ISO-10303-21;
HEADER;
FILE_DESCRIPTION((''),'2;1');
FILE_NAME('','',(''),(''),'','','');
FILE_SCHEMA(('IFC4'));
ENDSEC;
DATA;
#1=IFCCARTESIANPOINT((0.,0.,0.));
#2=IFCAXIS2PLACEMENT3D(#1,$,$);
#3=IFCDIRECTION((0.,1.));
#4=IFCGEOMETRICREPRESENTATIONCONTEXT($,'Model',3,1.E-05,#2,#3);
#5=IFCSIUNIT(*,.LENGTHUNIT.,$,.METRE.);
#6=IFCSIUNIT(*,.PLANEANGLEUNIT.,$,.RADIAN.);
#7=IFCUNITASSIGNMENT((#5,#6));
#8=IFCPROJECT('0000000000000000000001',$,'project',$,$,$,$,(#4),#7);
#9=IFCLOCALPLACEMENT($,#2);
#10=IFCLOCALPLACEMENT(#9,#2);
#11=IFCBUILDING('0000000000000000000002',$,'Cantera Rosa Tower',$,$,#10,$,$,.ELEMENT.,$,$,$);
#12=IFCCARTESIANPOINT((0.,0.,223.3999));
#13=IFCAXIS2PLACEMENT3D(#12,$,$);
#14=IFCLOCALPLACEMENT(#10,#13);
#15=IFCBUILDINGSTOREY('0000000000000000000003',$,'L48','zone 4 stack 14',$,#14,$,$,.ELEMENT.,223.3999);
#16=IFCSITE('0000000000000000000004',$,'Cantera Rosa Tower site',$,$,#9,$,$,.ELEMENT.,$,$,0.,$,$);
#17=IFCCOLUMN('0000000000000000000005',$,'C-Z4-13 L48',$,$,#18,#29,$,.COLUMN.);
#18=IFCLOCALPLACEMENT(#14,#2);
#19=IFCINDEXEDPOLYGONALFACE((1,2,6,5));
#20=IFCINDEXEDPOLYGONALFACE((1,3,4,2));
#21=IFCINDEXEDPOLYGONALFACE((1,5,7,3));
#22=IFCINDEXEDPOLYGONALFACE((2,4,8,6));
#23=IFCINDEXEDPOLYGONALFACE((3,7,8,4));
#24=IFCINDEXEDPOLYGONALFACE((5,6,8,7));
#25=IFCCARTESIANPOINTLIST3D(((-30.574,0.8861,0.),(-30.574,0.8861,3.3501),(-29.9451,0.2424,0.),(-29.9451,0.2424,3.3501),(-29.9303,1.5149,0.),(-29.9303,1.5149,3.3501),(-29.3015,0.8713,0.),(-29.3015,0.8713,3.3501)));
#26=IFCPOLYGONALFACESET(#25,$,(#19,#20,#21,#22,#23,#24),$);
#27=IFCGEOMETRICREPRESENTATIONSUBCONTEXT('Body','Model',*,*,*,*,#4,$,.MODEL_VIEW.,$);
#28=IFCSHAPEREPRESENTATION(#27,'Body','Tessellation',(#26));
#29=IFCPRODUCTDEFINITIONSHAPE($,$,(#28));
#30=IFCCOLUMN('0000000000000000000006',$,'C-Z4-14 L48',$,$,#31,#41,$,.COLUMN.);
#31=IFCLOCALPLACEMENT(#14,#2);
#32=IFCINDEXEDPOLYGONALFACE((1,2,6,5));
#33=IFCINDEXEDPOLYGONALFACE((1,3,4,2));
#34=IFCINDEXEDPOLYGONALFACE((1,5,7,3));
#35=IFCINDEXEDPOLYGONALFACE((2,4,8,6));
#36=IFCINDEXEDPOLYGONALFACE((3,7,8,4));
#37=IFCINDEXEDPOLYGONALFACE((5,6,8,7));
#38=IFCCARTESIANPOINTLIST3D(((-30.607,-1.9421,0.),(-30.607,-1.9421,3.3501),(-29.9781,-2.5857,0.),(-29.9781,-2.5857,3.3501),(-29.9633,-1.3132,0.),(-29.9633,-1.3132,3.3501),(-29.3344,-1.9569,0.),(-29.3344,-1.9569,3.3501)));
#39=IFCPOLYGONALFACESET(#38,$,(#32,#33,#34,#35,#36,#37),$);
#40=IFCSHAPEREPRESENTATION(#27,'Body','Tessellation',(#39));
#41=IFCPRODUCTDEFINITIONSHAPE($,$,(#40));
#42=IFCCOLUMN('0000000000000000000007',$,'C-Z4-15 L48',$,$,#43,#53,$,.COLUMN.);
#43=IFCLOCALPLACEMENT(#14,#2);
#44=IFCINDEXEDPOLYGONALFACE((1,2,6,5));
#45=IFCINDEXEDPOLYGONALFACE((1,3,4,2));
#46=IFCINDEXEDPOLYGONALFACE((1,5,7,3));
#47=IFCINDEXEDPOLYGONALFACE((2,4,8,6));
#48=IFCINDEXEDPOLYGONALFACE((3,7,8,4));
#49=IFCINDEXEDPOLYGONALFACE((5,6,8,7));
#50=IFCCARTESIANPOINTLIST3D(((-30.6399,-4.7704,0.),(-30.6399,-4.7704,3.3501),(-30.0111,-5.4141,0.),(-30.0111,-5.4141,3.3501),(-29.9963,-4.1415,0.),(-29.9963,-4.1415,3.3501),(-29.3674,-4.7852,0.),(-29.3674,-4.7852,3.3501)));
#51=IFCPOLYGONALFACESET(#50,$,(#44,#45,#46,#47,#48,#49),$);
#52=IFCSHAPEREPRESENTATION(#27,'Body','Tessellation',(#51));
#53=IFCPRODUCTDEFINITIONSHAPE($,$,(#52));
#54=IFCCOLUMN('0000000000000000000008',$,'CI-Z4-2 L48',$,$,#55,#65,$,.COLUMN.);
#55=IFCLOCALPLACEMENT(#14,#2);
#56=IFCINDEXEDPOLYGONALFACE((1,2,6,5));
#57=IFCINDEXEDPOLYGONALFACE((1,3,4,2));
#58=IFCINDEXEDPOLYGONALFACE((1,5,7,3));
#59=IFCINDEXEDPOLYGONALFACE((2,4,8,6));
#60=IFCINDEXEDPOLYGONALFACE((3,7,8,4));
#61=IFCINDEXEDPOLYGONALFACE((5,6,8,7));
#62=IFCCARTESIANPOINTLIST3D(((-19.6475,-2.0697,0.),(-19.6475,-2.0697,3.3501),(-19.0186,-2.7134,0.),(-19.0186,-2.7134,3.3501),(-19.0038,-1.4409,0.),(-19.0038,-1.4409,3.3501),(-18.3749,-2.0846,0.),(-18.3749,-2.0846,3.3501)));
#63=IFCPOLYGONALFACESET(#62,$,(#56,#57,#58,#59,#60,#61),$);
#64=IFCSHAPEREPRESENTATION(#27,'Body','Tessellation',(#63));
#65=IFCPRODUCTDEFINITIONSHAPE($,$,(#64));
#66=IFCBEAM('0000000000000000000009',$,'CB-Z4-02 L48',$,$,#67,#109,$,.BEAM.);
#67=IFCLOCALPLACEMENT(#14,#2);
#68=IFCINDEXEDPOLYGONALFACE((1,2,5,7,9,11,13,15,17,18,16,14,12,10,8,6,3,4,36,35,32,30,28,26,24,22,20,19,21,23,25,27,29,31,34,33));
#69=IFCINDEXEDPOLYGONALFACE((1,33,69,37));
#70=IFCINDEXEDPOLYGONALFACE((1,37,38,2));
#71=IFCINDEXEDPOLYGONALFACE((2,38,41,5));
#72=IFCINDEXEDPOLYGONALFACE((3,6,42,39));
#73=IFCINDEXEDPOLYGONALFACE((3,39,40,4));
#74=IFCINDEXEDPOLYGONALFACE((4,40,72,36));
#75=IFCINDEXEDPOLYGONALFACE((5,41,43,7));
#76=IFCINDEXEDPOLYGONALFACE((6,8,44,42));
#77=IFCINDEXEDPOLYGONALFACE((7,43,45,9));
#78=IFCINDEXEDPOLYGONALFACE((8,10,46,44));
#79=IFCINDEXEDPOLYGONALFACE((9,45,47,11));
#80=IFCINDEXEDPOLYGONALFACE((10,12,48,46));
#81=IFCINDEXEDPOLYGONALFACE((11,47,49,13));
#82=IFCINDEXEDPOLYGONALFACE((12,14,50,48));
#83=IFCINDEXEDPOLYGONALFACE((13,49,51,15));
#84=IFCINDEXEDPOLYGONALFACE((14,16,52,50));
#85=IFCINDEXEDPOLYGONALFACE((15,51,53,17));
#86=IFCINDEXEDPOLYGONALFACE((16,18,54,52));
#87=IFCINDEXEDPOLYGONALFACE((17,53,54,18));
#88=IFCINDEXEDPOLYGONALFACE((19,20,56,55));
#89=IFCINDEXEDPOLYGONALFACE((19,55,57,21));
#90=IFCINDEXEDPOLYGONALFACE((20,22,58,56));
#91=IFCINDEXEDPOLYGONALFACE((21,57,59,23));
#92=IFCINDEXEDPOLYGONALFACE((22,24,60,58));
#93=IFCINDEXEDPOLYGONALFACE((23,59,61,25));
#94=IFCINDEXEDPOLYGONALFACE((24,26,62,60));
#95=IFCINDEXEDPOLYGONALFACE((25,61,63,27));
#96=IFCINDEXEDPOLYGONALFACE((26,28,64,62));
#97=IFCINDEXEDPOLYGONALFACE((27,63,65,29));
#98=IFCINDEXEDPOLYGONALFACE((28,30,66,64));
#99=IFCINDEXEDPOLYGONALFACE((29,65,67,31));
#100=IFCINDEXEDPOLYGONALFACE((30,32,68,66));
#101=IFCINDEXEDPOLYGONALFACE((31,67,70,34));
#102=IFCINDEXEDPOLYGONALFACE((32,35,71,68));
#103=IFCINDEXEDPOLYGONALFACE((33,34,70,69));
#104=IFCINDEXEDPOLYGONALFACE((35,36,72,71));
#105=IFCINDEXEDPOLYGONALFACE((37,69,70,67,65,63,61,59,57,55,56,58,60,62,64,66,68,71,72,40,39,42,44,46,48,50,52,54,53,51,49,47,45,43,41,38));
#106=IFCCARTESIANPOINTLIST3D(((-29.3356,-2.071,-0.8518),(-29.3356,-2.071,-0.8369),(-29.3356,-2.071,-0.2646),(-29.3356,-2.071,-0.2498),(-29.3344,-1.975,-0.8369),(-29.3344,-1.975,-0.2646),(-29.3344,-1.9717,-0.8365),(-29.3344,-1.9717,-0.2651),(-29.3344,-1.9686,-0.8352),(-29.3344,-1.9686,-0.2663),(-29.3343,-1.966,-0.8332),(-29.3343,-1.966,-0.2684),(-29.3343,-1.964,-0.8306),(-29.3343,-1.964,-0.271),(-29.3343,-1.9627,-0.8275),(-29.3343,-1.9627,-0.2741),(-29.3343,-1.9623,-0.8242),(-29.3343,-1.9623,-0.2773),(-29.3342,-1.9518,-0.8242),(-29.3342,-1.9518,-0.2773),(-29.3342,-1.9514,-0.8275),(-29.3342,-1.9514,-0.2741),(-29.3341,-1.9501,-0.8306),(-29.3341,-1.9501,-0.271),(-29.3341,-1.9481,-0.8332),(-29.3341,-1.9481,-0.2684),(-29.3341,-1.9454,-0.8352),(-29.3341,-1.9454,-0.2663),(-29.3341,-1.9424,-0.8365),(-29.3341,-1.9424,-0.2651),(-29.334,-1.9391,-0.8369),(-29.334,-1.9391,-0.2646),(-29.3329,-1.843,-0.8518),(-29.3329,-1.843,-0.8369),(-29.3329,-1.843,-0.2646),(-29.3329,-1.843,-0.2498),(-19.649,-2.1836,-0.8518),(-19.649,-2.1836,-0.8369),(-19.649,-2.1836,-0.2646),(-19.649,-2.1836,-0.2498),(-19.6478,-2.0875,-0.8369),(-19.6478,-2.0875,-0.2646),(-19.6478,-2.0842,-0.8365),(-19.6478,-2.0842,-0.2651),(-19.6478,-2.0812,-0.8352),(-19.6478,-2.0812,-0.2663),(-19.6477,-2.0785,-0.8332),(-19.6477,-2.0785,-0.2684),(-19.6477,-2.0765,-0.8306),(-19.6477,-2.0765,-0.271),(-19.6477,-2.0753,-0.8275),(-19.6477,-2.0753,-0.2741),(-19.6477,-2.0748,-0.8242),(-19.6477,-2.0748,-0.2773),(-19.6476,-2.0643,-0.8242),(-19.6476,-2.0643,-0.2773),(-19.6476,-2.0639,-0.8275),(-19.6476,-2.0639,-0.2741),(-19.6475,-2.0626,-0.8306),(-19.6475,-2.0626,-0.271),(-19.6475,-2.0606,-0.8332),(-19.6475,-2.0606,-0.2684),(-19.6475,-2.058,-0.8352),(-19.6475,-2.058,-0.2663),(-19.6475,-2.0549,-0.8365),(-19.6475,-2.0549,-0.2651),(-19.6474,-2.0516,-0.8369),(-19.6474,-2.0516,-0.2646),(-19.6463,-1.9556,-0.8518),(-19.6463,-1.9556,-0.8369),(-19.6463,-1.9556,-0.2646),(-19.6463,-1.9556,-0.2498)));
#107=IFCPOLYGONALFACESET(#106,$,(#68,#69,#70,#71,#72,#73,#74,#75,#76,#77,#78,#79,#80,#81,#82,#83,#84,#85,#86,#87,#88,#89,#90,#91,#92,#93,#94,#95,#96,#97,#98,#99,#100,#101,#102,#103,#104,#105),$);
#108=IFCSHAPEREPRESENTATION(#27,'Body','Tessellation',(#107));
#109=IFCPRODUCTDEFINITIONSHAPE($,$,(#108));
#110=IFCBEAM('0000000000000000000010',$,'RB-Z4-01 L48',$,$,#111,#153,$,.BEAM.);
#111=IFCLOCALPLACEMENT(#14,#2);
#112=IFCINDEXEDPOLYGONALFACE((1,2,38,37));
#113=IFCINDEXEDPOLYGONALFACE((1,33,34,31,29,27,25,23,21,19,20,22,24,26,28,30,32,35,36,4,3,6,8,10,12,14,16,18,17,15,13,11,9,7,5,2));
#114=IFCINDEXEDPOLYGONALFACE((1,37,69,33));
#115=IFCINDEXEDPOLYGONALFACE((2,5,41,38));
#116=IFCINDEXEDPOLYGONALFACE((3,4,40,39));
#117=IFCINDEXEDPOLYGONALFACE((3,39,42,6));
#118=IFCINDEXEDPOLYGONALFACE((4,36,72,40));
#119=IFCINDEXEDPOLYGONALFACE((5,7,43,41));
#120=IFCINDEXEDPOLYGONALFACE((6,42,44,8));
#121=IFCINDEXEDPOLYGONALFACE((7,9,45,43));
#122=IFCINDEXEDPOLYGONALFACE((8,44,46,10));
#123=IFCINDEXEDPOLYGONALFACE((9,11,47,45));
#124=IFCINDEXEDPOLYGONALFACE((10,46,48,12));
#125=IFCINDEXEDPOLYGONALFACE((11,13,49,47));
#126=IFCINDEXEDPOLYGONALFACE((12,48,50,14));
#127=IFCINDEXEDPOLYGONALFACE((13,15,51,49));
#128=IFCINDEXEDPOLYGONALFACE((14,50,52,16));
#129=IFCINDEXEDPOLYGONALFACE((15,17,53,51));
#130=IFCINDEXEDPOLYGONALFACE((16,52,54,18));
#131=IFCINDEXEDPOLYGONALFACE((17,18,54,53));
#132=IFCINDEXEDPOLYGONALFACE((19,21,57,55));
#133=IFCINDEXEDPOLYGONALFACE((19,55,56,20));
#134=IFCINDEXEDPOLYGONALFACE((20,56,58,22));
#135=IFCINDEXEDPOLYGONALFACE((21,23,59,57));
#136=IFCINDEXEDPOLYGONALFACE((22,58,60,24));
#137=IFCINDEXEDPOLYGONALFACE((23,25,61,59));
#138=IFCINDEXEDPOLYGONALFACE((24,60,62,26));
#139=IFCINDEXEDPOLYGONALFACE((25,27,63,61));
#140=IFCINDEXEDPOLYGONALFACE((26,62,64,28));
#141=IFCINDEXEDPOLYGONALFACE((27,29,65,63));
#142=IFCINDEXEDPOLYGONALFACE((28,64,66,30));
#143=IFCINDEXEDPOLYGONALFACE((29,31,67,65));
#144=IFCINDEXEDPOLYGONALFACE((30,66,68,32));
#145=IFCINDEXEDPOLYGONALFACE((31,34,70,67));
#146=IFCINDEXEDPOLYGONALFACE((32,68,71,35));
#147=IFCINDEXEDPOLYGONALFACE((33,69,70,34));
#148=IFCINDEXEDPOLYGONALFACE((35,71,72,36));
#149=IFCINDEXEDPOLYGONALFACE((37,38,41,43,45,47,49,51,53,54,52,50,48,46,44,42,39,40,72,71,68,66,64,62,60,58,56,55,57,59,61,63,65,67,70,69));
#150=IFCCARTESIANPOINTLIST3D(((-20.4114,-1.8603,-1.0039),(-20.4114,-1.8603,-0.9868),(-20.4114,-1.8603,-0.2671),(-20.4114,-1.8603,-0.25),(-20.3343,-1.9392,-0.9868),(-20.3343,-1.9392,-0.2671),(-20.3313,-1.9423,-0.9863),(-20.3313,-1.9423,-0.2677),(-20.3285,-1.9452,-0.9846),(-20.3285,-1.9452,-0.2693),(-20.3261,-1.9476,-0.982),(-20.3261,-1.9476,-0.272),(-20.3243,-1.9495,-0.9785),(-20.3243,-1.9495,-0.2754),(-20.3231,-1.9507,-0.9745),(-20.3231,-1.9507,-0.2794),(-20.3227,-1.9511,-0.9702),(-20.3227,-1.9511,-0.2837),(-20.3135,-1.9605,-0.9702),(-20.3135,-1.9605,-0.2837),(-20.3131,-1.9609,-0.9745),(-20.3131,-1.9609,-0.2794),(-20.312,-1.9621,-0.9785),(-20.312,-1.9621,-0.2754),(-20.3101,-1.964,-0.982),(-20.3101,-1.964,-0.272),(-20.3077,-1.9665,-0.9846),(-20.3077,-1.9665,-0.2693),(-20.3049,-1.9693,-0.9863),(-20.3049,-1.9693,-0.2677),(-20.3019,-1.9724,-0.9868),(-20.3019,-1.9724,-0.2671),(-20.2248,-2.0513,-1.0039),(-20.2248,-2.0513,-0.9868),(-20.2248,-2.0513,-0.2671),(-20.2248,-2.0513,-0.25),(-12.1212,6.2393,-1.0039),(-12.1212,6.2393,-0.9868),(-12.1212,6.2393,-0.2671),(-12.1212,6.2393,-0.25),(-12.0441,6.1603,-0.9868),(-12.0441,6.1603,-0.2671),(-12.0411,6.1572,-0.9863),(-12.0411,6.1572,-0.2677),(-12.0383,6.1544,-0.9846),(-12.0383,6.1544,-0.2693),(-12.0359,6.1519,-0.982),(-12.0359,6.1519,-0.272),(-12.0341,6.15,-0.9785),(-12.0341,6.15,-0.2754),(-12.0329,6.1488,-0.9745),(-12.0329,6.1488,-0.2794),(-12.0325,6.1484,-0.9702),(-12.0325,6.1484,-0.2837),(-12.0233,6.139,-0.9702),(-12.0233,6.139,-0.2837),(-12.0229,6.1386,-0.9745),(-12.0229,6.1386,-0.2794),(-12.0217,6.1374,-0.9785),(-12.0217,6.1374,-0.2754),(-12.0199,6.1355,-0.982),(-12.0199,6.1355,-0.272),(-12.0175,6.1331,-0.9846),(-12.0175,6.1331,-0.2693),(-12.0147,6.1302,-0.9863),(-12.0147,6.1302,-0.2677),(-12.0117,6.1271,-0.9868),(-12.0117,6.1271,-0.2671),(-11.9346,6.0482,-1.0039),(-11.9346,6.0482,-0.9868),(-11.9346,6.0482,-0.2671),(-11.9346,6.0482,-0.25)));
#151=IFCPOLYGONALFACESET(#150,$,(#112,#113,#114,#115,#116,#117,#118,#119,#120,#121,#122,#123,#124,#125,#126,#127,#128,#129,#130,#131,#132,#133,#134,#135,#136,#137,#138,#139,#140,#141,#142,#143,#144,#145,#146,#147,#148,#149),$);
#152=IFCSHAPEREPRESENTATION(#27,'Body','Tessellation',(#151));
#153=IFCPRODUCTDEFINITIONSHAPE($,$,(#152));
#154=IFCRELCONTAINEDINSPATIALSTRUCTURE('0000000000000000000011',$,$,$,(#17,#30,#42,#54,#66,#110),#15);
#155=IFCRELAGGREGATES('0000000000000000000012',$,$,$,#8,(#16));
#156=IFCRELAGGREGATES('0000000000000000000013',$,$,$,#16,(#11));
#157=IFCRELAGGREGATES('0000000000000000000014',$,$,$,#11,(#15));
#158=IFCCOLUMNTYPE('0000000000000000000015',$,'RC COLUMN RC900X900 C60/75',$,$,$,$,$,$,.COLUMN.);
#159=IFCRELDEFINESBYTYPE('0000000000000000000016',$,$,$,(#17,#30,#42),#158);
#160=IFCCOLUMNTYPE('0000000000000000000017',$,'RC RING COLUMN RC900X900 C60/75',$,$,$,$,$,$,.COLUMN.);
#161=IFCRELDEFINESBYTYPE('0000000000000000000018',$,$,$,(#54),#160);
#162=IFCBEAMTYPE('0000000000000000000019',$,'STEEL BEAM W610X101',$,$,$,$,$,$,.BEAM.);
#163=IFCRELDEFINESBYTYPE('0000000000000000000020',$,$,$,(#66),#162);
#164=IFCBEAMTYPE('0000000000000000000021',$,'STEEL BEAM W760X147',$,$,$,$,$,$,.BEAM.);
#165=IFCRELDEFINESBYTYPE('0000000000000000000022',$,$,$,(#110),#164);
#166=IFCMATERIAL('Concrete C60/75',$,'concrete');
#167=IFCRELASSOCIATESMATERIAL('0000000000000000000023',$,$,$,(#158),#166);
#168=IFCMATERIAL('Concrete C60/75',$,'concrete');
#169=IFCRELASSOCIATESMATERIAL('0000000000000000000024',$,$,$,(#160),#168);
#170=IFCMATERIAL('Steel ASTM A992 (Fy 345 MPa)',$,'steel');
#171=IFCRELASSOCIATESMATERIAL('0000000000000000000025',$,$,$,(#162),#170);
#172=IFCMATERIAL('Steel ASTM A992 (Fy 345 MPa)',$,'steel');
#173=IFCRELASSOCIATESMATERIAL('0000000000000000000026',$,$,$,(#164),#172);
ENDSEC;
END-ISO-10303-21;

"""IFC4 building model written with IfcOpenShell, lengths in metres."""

from ifc_helpers import new_model, si_unit, direction, frame, origin, origin_2d, place, context, subcontext, project, spatial, rectangle, i_section, extrude, material, material_profile, profile_set, type_object, element, save


model = new_model("IFC4")

# Units and contexts
model_context = context("Model", 3, precision=1e-05, world=origin(), true_north=direction((0.0, 1.0)))
body_context = subcontext(model_context, "Body", "Model", "MODEL_VIEW")
ifc_project = project(units=[si_unit("LENGTHUNIT", "METRE"), si_unit("PLANEANGLEUNIT", "RADIAN")], contexts=[model_context])

# Site, building, storey
site_placement = place(None, origin())
site = spatial("IfcSite", under=ifc_project, at=site_placement, Name="Cantera Rosa Tower site", CompositionType="ELEMENT", RefElevation=0.0)
building_placement = place(site_placement, origin())
building = spatial("IfcBuilding", under=site, at=building_placement, Name="Cantera Rosa Tower", CompositionType="ELEMENT")
storey_placement = place(building_placement, frame((0.0, 0.0, 223.3999)))
storey = spatial("IfcBuildingStorey", under=building, at=storey_placement, Name="L48", Description="zone 4 stack 14", CompositionType="ELEMENT", Elevation=223.3999)

# Columns
ifc_material_1 = material(Name="Concrete C60/75", Category="concrete")
ifc_material_profile_1 = material_profile(ifc_material_1, rectangle(XDim=0.8999, YDim=0.8999, at=origin_2d()), Name="RC COLUMN RC900X900 C60/75")
ifc_profile_set_1 = profile_set([ifc_material_profile_1], Name="Concrete C60/75")
column_type_1 = type_object("IfcColumnType", Name="RC COLUMN RC900X900 C60/75", PredefinedType="COLUMN", material=ifc_profile_set_1)
for number, where, z_axis, x_axis, name in (
    (1, (-29.9377, 0.8787, 0.0), (0.0, 0.0, 1.0), (0.715286, 0.698832, 0.0), "C-Z4-13 L48"),
    (2, (-29.9707, -1.9495, 0.0), (0.0, 0.0, 1.0), (0.715286, 0.698832, 0.0), "C-Z4-14 L48"),
    (3, (-30.0037, -4.7778, 0.0), (0.0, 0.0, 1.0), (0.715286, 0.698832, 0.0), "C-Z4-15 L48"),
):
    element("IfcColumn", number, at=place(storey_placement, frame(where, z_axis=z_axis, x_axis=x_axis)), inside=storey, type_object=column_type_1, Name=name, PredefinedType="COLUMN", context=body_context, shape_type="SweptSolid", body=[
        extrude(rectangle(XDim=0.8999, YDim=0.8999, at=origin_2d()), origin(), (0.0, 0.0, 1.0), 3.3501),
    ])
ifc_material_2 = material(Name="Concrete C60/75", Category="concrete")
ifc_material_profile_2 = material_profile(ifc_material_2, rectangle(XDim=0.8999, YDim=0.8999, at=origin_2d()), Name="RC RING COLUMN RC900X900 C60/75")
ifc_profile_set_2 = profile_set([ifc_material_profile_2], Name="Concrete C60/75")
column_type_2 = type_object("IfcColumnType", Name="RC RING COLUMN RC900X900 C60/75", PredefinedType="COLUMN", material=ifc_profile_set_2)
column_placement = place(storey_placement, frame((-19.0112, -2.0771, 0.0), z_axis=(0.0, 0.0, 1.0), x_axis=(0.715286, 0.698832, 0.0)))
element("IfcColumn", 4, at=column_placement, inside=storey, type_object=column_type_2, Name="CI-Z4-2 L48", PredefinedType="COLUMN", context=body_context, shape_type="SweptSolid", body=[
    extrude(rectangle(XDim=0.8999, YDim=0.8999, at=origin_2d()), origin(), (0.0, 0.0, 1.0), 3.3501),
])

# Beams
ifc_material_3 = material(Name="Steel ASTM A992 (Fy 345 MPa)", Category="steel")
ifc_material_profile_3 = material_profile(ifc_material_3, i_section(OverallWidth=0.228, OverallDepth=0.6021, WebThickness=0.0105, FlangeThickness=0.0149, FilletRadius=0.0127, at=origin_2d()), Name="W610X101")
ifc_profile_set_3 = profile_set([ifc_material_profile_3], Name="Steel ASTM A992 (Fy 345 MPa)")
beam_type_1 = type_object("IfcBeamType", Name="STEEL BEAM W610X101", PredefinedType="BEAM", material=ifc_profile_set_3)
beam_1_placement = place(storey_placement, frame((-29.3342, -1.957, -0.5508), z_axis=(0.999933, -0.011618, 0.0), x_axis=(0.011618, 0.999933, 0.0)))
element("IfcBeam", 5, at=beam_1_placement, inside=storey, type_object=beam_type_1, Name="CB-Z4-02 L48", PredefinedType="BEAM", context=body_context, shape_type="SweptSolid", body=[
    extrude(i_section(OverallWidth=0.228, OverallDepth=0.6021, WebThickness=0.0105, FlangeThickness=0.0149, FilletRadius=0.0127, at=origin_2d()), origin(), (0.0, 0.0, 1.0), 9.6873),
])
ifc_material_4 = material(Name="Steel ASTM A992 (Fy 345 MPa)", Category="steel")
ifc_material_profile_4 = material_profile(ifc_material_4, i_section(OverallWidth=0.2671, OverallDepth=0.7539, WebThickness=0.0132, FlangeThickness=0.0171, FilletRadius=0.0166, at=origin_2d()), Name="W760X147")
ifc_profile_set_4 = profile_set([ifc_material_profile_4], Name="Steel ASTM A992 (Fy 345 MPa)")
beam_type_2 = type_object("IfcBeamType", Name="STEEL BEAM W760X147", PredefinedType="BEAM", material=ifc_profile_set_4)
beam_2_placement = place(storey_placement, frame((-20.3181, -1.9558, -0.627), z_axis=(0.715285, 0.698833, 0.0), x_axis=(-0.698833, 0.715285, 0.0)))
element("IfcBeam", 6, at=beam_2_placement, inside=storey, type_object=beam_type_2, Name="RB-Z4-01 L48", PredefinedType="BEAM", context=body_context, shape_type="SweptSolid", body=[
    extrude(i_section(OverallWidth=0.2671, OverallDepth=0.7539, WebThickness=0.0132, FlangeThickness=0.0171, FilletRadius=0.0166, at=origin_2d()), origin(), (0.0, 0.0, 1.0), 11.5901),
])

save(model, "model.ifc")
